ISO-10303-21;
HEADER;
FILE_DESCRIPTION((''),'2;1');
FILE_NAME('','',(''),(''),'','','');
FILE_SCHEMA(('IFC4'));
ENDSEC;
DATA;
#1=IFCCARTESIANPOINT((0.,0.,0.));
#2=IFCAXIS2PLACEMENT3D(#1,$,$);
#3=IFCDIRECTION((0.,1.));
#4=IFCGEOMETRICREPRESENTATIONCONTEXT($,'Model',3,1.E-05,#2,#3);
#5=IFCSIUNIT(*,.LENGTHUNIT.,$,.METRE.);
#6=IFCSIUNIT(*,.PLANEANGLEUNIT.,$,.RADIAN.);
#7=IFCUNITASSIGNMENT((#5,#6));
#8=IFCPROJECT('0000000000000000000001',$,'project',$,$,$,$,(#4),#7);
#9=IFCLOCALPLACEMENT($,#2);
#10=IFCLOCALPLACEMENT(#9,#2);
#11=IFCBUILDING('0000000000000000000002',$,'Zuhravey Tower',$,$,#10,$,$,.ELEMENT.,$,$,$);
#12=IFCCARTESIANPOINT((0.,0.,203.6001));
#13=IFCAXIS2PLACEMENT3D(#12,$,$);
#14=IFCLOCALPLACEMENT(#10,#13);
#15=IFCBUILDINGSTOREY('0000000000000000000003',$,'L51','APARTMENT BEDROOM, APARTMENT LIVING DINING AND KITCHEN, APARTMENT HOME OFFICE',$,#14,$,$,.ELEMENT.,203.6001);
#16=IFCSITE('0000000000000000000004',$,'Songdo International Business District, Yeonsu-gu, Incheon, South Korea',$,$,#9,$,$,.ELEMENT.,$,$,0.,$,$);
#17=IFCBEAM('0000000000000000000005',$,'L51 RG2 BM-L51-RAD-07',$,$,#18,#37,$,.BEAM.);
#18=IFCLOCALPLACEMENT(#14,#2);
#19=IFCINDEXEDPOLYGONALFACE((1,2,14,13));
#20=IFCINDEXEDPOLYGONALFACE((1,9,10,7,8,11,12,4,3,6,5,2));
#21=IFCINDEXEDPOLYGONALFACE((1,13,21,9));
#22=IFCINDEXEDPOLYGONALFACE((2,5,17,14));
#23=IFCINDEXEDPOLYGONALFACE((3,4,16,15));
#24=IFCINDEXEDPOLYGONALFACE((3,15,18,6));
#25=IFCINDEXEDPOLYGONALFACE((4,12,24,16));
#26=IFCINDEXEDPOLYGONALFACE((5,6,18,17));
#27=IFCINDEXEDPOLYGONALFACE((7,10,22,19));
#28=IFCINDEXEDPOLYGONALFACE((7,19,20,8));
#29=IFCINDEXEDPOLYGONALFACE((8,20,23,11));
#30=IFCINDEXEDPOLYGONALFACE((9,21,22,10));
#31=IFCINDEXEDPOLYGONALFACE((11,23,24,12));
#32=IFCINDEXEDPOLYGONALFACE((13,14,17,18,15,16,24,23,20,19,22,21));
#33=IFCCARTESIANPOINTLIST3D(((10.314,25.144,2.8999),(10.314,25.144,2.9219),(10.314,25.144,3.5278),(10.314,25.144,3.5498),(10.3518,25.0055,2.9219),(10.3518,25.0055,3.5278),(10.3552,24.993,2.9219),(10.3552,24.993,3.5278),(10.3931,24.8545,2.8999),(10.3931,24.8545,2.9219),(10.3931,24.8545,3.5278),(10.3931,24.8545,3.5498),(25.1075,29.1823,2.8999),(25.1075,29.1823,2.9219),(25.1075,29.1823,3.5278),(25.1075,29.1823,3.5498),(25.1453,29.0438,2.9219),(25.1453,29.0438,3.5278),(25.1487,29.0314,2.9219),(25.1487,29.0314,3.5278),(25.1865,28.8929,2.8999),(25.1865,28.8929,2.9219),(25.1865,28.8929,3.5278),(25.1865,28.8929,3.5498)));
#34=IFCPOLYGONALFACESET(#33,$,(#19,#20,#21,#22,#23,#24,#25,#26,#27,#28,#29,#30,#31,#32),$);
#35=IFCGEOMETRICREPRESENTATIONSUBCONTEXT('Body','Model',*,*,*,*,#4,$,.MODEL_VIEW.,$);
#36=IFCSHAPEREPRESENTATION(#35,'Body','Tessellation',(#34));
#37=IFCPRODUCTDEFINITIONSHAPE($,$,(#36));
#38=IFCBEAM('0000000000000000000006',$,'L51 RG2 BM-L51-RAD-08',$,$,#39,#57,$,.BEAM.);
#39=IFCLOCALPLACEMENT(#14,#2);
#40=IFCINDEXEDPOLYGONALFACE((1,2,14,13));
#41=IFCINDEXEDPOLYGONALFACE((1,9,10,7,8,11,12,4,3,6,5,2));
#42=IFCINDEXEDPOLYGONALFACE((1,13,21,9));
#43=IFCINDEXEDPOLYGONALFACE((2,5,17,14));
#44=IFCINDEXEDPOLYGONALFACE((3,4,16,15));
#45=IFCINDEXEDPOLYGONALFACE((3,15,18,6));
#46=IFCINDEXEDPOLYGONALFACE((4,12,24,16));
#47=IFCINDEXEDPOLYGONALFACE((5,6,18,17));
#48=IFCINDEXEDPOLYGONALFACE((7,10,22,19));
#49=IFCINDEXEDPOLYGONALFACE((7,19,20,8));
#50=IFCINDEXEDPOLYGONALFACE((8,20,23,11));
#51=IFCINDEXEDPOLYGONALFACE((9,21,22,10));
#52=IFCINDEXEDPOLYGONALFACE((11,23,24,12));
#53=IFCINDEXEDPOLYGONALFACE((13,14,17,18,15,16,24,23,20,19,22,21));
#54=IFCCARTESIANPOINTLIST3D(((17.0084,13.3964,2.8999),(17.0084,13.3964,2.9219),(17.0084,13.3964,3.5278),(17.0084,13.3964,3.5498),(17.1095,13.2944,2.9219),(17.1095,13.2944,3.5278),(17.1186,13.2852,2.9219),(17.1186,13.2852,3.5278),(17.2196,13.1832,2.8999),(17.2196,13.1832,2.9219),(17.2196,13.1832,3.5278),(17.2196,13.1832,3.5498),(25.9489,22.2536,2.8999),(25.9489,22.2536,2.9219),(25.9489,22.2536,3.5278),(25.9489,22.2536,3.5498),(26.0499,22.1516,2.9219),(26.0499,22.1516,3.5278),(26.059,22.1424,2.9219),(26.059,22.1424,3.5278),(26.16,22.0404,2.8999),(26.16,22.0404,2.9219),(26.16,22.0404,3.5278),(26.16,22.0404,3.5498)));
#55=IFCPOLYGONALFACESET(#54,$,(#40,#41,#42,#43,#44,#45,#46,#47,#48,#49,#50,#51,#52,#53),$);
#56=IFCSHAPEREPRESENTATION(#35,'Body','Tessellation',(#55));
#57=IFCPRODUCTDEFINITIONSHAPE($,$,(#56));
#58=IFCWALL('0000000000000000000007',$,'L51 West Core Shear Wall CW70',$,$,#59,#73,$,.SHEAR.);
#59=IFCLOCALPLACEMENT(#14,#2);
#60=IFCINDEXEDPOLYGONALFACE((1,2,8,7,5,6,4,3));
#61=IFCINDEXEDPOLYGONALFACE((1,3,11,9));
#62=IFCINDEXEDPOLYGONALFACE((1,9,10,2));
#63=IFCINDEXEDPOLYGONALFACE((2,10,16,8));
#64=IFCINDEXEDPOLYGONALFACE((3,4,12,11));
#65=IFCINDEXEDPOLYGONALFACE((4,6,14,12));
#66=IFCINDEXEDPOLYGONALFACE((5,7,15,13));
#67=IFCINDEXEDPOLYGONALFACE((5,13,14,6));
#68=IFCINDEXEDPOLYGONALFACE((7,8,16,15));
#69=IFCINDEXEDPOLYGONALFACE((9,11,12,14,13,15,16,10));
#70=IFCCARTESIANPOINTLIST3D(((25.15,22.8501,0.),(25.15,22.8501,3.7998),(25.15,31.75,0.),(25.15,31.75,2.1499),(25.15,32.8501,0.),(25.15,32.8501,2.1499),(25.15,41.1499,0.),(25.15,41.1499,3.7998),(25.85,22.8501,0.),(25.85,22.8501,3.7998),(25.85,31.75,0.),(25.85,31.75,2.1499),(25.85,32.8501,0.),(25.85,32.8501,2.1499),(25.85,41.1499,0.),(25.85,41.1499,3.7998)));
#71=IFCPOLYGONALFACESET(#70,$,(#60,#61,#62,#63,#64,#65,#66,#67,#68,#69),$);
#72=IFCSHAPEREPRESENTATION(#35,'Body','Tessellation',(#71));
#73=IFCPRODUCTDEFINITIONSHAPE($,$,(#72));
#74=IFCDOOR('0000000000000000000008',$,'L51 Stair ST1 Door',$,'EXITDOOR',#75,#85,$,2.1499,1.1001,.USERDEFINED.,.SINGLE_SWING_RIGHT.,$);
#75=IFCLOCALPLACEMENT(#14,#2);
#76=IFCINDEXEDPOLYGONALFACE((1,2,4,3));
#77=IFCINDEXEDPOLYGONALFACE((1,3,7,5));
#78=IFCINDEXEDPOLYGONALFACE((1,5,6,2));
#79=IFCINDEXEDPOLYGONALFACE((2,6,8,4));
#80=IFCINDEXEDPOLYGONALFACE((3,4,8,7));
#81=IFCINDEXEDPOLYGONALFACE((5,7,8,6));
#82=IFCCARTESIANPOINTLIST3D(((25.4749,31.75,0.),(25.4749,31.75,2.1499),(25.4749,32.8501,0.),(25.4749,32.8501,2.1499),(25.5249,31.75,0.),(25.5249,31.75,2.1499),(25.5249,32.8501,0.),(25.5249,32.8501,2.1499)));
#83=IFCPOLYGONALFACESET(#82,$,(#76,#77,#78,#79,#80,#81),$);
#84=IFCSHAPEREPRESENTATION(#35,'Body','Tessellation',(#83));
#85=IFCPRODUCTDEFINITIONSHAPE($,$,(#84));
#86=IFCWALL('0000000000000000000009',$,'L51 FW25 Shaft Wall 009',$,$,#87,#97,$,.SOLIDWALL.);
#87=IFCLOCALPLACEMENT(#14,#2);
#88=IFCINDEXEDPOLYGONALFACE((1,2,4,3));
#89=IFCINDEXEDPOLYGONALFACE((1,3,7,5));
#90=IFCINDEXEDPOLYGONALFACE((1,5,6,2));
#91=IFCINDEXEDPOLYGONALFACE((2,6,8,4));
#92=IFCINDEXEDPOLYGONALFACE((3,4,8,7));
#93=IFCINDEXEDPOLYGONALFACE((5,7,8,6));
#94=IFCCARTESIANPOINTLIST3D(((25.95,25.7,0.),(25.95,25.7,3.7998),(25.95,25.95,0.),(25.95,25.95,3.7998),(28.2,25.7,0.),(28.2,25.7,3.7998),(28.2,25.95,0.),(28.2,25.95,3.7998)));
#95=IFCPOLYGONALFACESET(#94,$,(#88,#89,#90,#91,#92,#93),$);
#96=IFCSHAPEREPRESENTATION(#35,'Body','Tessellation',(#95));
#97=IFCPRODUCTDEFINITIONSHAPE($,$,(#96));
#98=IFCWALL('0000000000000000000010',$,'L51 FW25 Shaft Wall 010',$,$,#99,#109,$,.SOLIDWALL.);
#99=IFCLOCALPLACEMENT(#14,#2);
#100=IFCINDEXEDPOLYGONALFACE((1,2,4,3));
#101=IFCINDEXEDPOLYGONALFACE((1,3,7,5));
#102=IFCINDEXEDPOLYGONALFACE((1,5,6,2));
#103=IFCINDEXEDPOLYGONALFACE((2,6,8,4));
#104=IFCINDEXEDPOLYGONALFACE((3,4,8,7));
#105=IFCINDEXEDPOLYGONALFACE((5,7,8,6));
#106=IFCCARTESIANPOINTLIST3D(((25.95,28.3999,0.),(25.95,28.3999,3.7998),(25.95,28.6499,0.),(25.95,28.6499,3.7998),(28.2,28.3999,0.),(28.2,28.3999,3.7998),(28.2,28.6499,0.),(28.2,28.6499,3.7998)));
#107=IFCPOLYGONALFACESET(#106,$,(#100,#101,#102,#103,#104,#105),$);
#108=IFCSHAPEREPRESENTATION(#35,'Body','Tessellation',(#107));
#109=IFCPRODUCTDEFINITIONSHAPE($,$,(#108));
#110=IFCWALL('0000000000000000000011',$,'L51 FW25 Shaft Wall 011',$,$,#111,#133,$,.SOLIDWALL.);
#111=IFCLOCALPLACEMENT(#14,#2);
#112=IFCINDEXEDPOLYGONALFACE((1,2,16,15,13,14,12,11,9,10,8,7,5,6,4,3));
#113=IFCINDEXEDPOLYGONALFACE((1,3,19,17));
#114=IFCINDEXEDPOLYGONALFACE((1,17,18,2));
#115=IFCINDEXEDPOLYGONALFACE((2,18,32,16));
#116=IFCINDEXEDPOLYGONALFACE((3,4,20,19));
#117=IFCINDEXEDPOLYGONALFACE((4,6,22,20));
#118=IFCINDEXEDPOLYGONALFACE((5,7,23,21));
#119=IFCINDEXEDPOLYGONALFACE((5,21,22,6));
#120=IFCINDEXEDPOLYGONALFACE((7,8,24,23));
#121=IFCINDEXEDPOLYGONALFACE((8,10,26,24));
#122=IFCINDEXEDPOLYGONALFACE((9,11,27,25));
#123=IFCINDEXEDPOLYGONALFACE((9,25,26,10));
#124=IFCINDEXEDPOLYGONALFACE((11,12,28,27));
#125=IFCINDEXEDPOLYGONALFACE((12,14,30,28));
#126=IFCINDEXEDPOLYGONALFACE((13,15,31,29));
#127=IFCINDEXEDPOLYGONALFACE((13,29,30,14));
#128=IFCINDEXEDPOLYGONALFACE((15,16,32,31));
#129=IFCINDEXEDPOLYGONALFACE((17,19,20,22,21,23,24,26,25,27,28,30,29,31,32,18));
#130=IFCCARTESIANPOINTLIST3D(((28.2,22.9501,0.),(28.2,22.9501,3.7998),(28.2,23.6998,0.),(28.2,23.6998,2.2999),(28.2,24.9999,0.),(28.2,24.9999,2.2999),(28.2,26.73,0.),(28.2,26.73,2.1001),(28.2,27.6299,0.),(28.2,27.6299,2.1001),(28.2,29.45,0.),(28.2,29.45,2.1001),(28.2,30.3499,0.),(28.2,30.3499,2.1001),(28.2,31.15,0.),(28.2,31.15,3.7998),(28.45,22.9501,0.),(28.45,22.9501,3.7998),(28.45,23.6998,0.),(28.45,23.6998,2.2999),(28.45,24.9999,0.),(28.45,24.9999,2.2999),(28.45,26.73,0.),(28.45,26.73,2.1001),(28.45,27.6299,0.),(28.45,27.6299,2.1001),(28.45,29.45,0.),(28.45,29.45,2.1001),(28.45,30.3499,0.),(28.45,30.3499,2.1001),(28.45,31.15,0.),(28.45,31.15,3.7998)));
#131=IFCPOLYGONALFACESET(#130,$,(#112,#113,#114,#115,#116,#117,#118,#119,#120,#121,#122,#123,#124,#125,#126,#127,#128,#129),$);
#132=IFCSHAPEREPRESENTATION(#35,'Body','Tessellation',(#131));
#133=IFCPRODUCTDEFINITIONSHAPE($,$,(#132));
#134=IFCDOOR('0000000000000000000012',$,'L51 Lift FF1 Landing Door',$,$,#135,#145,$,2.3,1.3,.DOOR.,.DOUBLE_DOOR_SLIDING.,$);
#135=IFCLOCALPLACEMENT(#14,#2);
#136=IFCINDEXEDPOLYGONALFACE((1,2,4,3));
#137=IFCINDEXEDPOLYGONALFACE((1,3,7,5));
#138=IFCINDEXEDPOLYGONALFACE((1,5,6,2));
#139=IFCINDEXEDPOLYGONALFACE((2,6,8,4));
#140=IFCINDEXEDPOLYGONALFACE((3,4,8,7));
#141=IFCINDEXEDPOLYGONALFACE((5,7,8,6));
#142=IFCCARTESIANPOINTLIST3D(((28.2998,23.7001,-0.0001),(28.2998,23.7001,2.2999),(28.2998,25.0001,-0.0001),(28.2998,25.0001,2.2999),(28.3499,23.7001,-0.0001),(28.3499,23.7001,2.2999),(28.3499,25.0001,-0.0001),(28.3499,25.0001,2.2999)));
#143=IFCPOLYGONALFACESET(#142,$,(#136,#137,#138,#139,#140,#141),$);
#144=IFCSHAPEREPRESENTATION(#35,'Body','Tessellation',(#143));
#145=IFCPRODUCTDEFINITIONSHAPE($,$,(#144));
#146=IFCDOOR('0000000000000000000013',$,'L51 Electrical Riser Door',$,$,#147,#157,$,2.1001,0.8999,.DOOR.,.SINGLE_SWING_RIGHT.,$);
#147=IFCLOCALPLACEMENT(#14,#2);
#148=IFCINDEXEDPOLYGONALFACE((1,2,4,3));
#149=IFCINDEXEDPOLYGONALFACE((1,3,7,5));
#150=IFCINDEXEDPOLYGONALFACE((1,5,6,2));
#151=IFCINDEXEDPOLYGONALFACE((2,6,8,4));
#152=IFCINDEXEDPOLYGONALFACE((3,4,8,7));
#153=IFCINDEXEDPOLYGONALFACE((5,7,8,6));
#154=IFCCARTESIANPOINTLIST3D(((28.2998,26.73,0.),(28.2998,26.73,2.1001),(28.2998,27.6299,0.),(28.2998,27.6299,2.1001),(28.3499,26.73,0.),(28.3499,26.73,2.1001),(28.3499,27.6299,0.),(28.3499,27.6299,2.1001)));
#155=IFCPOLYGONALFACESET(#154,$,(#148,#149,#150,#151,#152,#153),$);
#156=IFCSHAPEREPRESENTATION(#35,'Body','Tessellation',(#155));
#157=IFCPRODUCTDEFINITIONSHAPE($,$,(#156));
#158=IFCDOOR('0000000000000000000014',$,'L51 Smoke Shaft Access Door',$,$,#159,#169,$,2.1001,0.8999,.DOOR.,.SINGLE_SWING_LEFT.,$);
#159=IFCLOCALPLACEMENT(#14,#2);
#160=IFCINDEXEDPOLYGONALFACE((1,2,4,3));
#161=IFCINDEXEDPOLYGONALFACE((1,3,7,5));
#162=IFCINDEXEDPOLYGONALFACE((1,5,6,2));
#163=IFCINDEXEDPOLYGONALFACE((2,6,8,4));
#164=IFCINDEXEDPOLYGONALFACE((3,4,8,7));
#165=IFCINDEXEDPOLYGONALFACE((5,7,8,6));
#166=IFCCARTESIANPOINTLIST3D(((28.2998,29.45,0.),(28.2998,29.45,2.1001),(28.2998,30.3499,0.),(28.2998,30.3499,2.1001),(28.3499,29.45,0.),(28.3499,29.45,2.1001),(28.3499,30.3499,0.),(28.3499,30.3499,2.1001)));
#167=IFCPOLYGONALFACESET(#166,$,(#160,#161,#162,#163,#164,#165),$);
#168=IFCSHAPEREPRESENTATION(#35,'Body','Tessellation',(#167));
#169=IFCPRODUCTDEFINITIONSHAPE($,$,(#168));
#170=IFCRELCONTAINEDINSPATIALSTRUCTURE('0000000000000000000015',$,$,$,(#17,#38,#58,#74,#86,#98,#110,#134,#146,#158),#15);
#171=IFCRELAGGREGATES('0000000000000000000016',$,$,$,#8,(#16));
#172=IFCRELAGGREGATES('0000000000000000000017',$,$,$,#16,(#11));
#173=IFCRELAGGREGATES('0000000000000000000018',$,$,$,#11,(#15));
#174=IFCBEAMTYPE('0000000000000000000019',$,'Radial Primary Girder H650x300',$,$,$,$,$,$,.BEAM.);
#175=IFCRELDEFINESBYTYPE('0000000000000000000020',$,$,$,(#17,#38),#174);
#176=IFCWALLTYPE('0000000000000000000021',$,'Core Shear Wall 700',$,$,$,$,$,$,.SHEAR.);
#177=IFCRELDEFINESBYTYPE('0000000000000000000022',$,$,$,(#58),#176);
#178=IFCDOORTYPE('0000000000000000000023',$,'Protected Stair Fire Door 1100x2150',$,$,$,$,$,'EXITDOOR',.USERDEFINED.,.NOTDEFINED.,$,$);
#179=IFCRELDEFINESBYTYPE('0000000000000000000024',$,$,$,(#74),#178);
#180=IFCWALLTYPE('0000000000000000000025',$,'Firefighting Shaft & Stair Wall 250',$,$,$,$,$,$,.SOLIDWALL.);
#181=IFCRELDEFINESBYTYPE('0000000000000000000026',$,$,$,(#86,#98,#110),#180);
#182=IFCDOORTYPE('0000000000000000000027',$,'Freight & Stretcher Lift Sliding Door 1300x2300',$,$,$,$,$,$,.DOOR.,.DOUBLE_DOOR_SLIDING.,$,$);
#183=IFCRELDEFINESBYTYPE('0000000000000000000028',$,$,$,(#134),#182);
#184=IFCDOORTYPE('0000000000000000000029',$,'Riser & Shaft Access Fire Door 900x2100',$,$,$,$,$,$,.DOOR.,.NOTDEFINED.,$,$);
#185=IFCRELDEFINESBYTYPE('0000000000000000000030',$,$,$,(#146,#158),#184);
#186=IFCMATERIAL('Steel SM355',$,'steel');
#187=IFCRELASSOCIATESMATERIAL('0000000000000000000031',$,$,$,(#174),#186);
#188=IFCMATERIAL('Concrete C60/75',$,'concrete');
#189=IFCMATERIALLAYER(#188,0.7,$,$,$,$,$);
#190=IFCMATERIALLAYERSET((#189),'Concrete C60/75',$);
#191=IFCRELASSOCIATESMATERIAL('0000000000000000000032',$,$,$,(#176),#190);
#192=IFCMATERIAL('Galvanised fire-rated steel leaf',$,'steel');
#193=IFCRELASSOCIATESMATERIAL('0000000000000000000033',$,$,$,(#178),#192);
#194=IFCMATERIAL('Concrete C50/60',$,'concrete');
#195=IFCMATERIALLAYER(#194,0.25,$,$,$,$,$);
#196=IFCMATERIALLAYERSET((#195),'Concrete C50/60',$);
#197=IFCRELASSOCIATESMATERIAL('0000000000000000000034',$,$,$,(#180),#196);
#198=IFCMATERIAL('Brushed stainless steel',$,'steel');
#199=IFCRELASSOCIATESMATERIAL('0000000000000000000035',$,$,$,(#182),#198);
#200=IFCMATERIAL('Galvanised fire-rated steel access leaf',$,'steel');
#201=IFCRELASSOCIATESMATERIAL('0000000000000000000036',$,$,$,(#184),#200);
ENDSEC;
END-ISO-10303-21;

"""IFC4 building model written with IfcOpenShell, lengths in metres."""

from ifc_helpers import new_model, si_unit, direction, frame, frame_2d, origin, origin_2d, place, context, subcontext, project, spatial, rectangle, i_section, extrude, material, layer, layer_set, material_profile, profile_set, type_object, element, fill, save


model = new_model("IFC4")

# Units and contexts
model_context = context("Model", 3, precision=1e-05, world=origin(), true_north=direction((0.0, 1.0)))
body_context = subcontext(model_context, "Body", "Model", "MODEL_VIEW")
ifc_project = project(units=[si_unit("LENGTHUNIT", "METRE"), si_unit("PLANEANGLEUNIT", "RADIAN")], contexts=[model_context])

# Site, building, storey
site_placement = place(None, origin())
site = spatial("IfcSite", under=ifc_project, at=site_placement, Name="Songdo International Business District, Yeonsu-gu, Incheon, South Korea", CompositionType="ELEMENT", RefElevation=0.0)
building_placement = place(site_placement, origin())
building = spatial("IfcBuilding", under=site, at=building_placement, Name="Zuhravey Tower", CompositionType="ELEMENT")
storey_placement = place(building_placement, frame((0.0, 0.0, 203.6001)))
storey = spatial("IfcBuildingStorey", under=building, at=storey_placement, Name="L51", Description="APARTMENT BEDROOM, APARTMENT LIVING DINING AND KITCHEN, APARTMENT HOME OFFICE", CompositionType="ELEMENT", Elevation=203.6001)

# Beams
ifc_material_1 = material(Name="Steel SM355", Category="steel")
ifc_material_profile = material_profile(ifc_material_1, i_section(OverallWidth=0.3, OverallDepth=0.6499, WebThickness=0.0129, FlangeThickness=0.022, at=origin_2d()), Name="H-650x300x13x22")
ifc_profile_set = profile_set([ifc_material_profile], Name="Steel SM355")
beam_type = type_object("IfcBeamType", Name="Radial Primary Girder H650x300", PredefinedType="BEAM", material=ifc_profile_set)
beam_1_placement = place(storey_placement, frame((25.147, 29.0376, 3.2249), z_axis=(-0.964702, -0.263345, 0.0), x_axis=(0.263345, -0.964702, 0.0)))
element("IfcBeam", 1, at=beam_1_placement, inside=storey, type_object=beam_type, Name="L51 RG2 BM-L51-RAD-07", PredefinedType="BEAM", context=body_context, shape_type="SweptSolid", body=[
    extrude(i_section(OverallWidth=0.3, OverallDepth=0.6499, WebThickness=0.0129, FlangeThickness=0.022, at=origin_2d()), origin(), (0.0, 0.0, 1.0), 15.3347),
])
beam_2_placement = place(storey_placement, frame((26.0544, 22.147, 3.2249), z_axis=(-0.710407, -0.703791, 0.0), x_axis=(0.703791, -0.710407, 0.0)))
element("IfcBeam", 2, at=beam_2_placement, inside=storey, type_object=beam_type, Name="L51 RG2 BM-L51-RAD-08", PredefinedType="BEAM", context=body_context, shape_type="SweptSolid", body=[
    extrude(i_section(OverallWidth=0.3, OverallDepth=0.6499, WebThickness=0.0129, FlangeThickness=0.022, at=origin_2d()), origin(), (0.0, 0.0, 1.0), 12.585),
])

# Wall, opening, door
ifc_material_2 = material(Name="Concrete C60/75", Category="concrete")
ifc_layer_1 = layer(ifc_material_2, 0.7)
ifc_layer_set_1 = layer_set([ifc_layer_1], Name="Concrete C60/75")
wall_type_1 = type_object("IfcWallType", Name="Core Shear Wall 700", PredefinedType="SHEAR", material=ifc_layer_set_1)
ifc_material_3 = material(Name="Galvanised fire-rated steel leaf", Category="steel")
wall_1_placement = place(storey_placement, frame((25.5, 22.8501, 0.0), z_axis=(0.0, 0.0, 1.0), x_axis=(0.0, 1.0, 0.0)))
wall_1 = element("IfcWall", 3, at=wall_1_placement, inside=storey, type_object=wall_type_1, Name="L51 West Core Shear Wall CW70", PredefinedType="SHEAR", context=body_context, shape_type="SweptSolid", body=[
    extrude(rectangle(XDim=18.2998, YDim=0.7, at=frame_2d((9.1499, 0.0))), origin(), (0.0, 0.0, 1.0), 3.7998),
])
opening_1_placement = place(wall_1_placement, frame((8.8999, 0.0, 0.0)))
opening_1 = element("IfcOpeningElement", 4, at=opening_1_placement, cuts=wall_1, PredefinedType="OPENING", context=body_context, shape_type="SweptSolid", body=[
    extrude(rectangle(XDim=1.1001, YDim=2.1499, at=frame_2d((0.55, 1.075))), frame((0.0, 0.3621, 0.0), z_axis=(0.0, -1.0, 0.0), x_axis=(1.0, 0.0, 0.0)), (0.0, 0.0, 1.0), 0.7239),
])
door_type_1 = type_object("IfcDoorType", Name="Protected Stair Fire Door 1100x2150", ElementType="EXITDOOR", OperationType="NOTDEFINED", PredefinedType="USERDEFINED", material=ifc_material_3)
door_1_placement = place(opening_1_placement, frame((1.1001, 0.0, 0.0), z_axis=(0.0, 0.0, 1.0), x_axis=(-1.0, 0.0, 0.0)))
door_1 = element("IfcDoor", 5, at=door_1_placement, inside=storey, type_object=door_type_1, Name="L51 Stair ST1 Door", ObjectType="EXITDOOR", OperationType="SINGLE_SWING_RIGHT", OverallHeight=2.1499, OverallWidth=1.1001, PredefinedType="USERDEFINED", context=body_context, shape_type="SweptSolid", body=[
    extrude(rectangle(XDim=1.1001, YDim=2.1499, at=frame_2d((0.55, 1.075))), frame((0.0, 0.0249, 0.0), z_axis=(0.0, -1.0, 0.0), x_axis=(1.0, 0.0, 0.0)), (0.0, 0.0, 1.0), 0.05),
])
fill(opening_1, door_1)

# Shared definitions
ifc_material_4 = material(Name="Concrete C50/60", Category="concrete")
ifc_layer_2 = layer(ifc_material_4, 0.25)
ifc_layer_set_2 = layer_set([ifc_layer_2], Name="Concrete C50/60")
wall_type_2 = type_object("IfcWallType", Name="Firefighting Shaft & Stair Wall 250", PredefinedType="SOLIDWALL", material=ifc_layer_set_2)

# Walls
for number, where, z_axis, x_axis, name in (
    (6, (25.95, 25.825, 0.0), (0.0, 0.0, 1.0), (1.0, 0.0, 0.0), "L51 FW25 Shaft Wall 009"),
    (7, (25.95, 28.5249, 0.0), (0.0, 0.0, 1.0), (1.0, 0.0, 0.0), "L51 FW25 Shaft Wall 010"),
):
    element("IfcWall", number, at=place(storey_placement, frame(where, z_axis=z_axis, x_axis=x_axis)), inside=storey, type_object=wall_type_2, Name=name, PredefinedType="SOLIDWALL", context=body_context, shape_type="SweptSolid", body=[
        extrude(rectangle(XDim=2.25, YDim=0.25, at=frame_2d((1.125, 0.0))), origin(), (0.0, 0.0, 1.0), 3.7998),
    ])

# Wall, openings, doors
wall_2_placement = place(storey_placement, frame((28.325, 22.95, 0.0), z_axis=(0.0, 0.0, 1.0), x_axis=(0.0, 1.0, 0.0)))
wall_2 = element("IfcWall", 8, at=wall_2_placement, inside=storey, type_object=wall_type_2, Name="L51 FW25 Shaft Wall 011", PredefinedType="SOLIDWALL", context=body_context, shape_type="SweptSolid", body=[
    extrude(rectangle(XDim=8.2, YDim=0.25, at=frame_2d((4.1001, 0.0))), origin(), (0.0, 0.0, 1.0), 3.7998),
])
opening_2_placement = place(wall_2_placement, frame((0.75, 0.0, 0.0)))
opening_2 = element("IfcOpeningElement", 9, at=opening_2_placement, cuts=wall_2, PredefinedType="OPENING", context=body_context, shape_type="SweptSolid", body=[
    extrude(rectangle(XDim=1.3, YDim=2.3, at=frame_2d((0.6499, 1.1499))), frame((0.0, 0.137, 0.0), z_axis=(0.0, -1.0, 0.0), x_axis=(1.0, 0.0, 0.0)), (0.0, 0.0, 1.0), 0.2739),
])
opening_3_placement = place(wall_2_placement, frame((3.78, 0.0, 0.0)))
opening_3 = element("IfcOpeningElement", 10, at=opening_3_placement, cuts=wall_2, PredefinedType="OPENING", context=body_context, shape_type="SweptSolid", body=[
    extrude(rectangle(XDim=0.8999, YDim=2.1001, at=frame_2d((0.45, 1.05))), frame((0.0, 0.137, 0.0), z_axis=(0.0, -1.0, 0.0), x_axis=(1.0, 0.0, 0.0)), (0.0, 0.0, 1.0), 0.2739),
])
opening_4_placement = place(wall_2_placement, frame((6.5, 0.0, 0.0)))
opening_4 = element("IfcOpeningElement", 11, at=opening_4_placement, cuts=wall_2, PredefinedType="OPENING", context=body_context, shape_type="SweptSolid", body=[
    extrude(rectangle(XDim=0.8999, YDim=2.1001, at=frame_2d((0.45, 1.05))), frame((0.0, 0.137, 0.0), z_axis=(0.0, -1.0, 0.0), x_axis=(1.0, 0.0, 0.0)), (0.0, 0.0, 1.0), 0.2739),
])
ifc_material_5 = material(Name="Brushed stainless steel", Category="steel")
door_type_2 = type_object("IfcDoorType", Name="Freight & Stretcher Lift Sliding Door 1300x2300", OperationType="DOUBLE_DOOR_SLIDING", PredefinedType="DOOR", material=ifc_material_5)
door_2_placement = place(opening_2_placement, frame((1.3, 0.0, 0.0), z_axis=(0.0, 0.0, 1.0), x_axis=(-1.0, 0.0, 0.0)))
door_2 = element("IfcDoor", 12, at=door_2_placement, inside=storey, type_object=door_type_2, Name="L51 Lift FF1 Landing Door", OperationType="DOUBLE_DOOR_SLIDING", OverallHeight=2.3, OverallWidth=1.3, PredefinedType="DOOR", context=body_context, shape_type="SweptSolid", body=[
    extrude(rectangle(XDim=1.3, YDim=2.3, at=frame_2d((0.6499, 1.1499))), frame((0.0, 0.0249, 0.0), z_axis=(0.0, -1.0, 0.0), x_axis=(1.0, 0.0, 0.0)), (0.0, 0.0, 1.0), 0.05),
])
fill(opening_2, door_2)
ifc_material_6 = material(Name="Galvanised fire-rated steel access leaf", Category="steel")
door_type_3 = type_object("IfcDoorType", Name="Riser & Shaft Access Fire Door 900x2100", OperationType="NOTDEFINED", PredefinedType="DOOR", material=ifc_material_6)
door_3_placement = place(opening_3_placement, frame((0.8999, 0.0, 0.0), z_axis=(0.0, 0.0, 1.0), x_axis=(-1.0, 0.0, 0.0)))
door_3 = element("IfcDoor", 13, at=door_3_placement, inside=storey, type_object=door_type_3, Name="L51 Electrical Riser Door", OperationType="SINGLE_SWING_RIGHT", OverallHeight=2.1001, OverallWidth=0.8999, PredefinedType="DOOR", context=body_context, shape_type="SweptSolid", body=[
    extrude(rectangle(XDim=0.8999, YDim=2.1001, at=frame_2d((0.45, 1.05))), frame((0.0, 0.0249, 0.0), z_axis=(0.0, -1.0, 0.0), x_axis=(1.0, 0.0, 0.0)), (0.0, 0.0, 1.0), 0.05),
])
fill(opening_3, door_3)
door_4_placement = place(opening_4_placement, frame((0.8999, 0.0, 0.0), z_axis=(0.0, 0.0, 1.0), x_axis=(-1.0, 0.0, 0.0)))
door_4 = element("IfcDoor", 14, at=door_4_placement, inside=storey, type_object=door_type_3, Name="L51 Smoke Shaft Access Door", OperationType="SINGLE_SWING_LEFT", OverallHeight=2.1001, OverallWidth=0.8999, PredefinedType="DOOR", context=body_context, shape_type="SweptSolid", body=[
    extrude(rectangle(XDim=0.8999, YDim=2.1001, at=frame_2d((0.45, 1.05))), frame((0.0, 0.0249, 0.0), z_axis=(0.0, -1.0, 0.0), x_axis=(1.0, 0.0, 0.0)), (0.0, 0.0, 1.0), 0.05),
])
fill(opening_4, door_4)

save(model, "model.ifc")
